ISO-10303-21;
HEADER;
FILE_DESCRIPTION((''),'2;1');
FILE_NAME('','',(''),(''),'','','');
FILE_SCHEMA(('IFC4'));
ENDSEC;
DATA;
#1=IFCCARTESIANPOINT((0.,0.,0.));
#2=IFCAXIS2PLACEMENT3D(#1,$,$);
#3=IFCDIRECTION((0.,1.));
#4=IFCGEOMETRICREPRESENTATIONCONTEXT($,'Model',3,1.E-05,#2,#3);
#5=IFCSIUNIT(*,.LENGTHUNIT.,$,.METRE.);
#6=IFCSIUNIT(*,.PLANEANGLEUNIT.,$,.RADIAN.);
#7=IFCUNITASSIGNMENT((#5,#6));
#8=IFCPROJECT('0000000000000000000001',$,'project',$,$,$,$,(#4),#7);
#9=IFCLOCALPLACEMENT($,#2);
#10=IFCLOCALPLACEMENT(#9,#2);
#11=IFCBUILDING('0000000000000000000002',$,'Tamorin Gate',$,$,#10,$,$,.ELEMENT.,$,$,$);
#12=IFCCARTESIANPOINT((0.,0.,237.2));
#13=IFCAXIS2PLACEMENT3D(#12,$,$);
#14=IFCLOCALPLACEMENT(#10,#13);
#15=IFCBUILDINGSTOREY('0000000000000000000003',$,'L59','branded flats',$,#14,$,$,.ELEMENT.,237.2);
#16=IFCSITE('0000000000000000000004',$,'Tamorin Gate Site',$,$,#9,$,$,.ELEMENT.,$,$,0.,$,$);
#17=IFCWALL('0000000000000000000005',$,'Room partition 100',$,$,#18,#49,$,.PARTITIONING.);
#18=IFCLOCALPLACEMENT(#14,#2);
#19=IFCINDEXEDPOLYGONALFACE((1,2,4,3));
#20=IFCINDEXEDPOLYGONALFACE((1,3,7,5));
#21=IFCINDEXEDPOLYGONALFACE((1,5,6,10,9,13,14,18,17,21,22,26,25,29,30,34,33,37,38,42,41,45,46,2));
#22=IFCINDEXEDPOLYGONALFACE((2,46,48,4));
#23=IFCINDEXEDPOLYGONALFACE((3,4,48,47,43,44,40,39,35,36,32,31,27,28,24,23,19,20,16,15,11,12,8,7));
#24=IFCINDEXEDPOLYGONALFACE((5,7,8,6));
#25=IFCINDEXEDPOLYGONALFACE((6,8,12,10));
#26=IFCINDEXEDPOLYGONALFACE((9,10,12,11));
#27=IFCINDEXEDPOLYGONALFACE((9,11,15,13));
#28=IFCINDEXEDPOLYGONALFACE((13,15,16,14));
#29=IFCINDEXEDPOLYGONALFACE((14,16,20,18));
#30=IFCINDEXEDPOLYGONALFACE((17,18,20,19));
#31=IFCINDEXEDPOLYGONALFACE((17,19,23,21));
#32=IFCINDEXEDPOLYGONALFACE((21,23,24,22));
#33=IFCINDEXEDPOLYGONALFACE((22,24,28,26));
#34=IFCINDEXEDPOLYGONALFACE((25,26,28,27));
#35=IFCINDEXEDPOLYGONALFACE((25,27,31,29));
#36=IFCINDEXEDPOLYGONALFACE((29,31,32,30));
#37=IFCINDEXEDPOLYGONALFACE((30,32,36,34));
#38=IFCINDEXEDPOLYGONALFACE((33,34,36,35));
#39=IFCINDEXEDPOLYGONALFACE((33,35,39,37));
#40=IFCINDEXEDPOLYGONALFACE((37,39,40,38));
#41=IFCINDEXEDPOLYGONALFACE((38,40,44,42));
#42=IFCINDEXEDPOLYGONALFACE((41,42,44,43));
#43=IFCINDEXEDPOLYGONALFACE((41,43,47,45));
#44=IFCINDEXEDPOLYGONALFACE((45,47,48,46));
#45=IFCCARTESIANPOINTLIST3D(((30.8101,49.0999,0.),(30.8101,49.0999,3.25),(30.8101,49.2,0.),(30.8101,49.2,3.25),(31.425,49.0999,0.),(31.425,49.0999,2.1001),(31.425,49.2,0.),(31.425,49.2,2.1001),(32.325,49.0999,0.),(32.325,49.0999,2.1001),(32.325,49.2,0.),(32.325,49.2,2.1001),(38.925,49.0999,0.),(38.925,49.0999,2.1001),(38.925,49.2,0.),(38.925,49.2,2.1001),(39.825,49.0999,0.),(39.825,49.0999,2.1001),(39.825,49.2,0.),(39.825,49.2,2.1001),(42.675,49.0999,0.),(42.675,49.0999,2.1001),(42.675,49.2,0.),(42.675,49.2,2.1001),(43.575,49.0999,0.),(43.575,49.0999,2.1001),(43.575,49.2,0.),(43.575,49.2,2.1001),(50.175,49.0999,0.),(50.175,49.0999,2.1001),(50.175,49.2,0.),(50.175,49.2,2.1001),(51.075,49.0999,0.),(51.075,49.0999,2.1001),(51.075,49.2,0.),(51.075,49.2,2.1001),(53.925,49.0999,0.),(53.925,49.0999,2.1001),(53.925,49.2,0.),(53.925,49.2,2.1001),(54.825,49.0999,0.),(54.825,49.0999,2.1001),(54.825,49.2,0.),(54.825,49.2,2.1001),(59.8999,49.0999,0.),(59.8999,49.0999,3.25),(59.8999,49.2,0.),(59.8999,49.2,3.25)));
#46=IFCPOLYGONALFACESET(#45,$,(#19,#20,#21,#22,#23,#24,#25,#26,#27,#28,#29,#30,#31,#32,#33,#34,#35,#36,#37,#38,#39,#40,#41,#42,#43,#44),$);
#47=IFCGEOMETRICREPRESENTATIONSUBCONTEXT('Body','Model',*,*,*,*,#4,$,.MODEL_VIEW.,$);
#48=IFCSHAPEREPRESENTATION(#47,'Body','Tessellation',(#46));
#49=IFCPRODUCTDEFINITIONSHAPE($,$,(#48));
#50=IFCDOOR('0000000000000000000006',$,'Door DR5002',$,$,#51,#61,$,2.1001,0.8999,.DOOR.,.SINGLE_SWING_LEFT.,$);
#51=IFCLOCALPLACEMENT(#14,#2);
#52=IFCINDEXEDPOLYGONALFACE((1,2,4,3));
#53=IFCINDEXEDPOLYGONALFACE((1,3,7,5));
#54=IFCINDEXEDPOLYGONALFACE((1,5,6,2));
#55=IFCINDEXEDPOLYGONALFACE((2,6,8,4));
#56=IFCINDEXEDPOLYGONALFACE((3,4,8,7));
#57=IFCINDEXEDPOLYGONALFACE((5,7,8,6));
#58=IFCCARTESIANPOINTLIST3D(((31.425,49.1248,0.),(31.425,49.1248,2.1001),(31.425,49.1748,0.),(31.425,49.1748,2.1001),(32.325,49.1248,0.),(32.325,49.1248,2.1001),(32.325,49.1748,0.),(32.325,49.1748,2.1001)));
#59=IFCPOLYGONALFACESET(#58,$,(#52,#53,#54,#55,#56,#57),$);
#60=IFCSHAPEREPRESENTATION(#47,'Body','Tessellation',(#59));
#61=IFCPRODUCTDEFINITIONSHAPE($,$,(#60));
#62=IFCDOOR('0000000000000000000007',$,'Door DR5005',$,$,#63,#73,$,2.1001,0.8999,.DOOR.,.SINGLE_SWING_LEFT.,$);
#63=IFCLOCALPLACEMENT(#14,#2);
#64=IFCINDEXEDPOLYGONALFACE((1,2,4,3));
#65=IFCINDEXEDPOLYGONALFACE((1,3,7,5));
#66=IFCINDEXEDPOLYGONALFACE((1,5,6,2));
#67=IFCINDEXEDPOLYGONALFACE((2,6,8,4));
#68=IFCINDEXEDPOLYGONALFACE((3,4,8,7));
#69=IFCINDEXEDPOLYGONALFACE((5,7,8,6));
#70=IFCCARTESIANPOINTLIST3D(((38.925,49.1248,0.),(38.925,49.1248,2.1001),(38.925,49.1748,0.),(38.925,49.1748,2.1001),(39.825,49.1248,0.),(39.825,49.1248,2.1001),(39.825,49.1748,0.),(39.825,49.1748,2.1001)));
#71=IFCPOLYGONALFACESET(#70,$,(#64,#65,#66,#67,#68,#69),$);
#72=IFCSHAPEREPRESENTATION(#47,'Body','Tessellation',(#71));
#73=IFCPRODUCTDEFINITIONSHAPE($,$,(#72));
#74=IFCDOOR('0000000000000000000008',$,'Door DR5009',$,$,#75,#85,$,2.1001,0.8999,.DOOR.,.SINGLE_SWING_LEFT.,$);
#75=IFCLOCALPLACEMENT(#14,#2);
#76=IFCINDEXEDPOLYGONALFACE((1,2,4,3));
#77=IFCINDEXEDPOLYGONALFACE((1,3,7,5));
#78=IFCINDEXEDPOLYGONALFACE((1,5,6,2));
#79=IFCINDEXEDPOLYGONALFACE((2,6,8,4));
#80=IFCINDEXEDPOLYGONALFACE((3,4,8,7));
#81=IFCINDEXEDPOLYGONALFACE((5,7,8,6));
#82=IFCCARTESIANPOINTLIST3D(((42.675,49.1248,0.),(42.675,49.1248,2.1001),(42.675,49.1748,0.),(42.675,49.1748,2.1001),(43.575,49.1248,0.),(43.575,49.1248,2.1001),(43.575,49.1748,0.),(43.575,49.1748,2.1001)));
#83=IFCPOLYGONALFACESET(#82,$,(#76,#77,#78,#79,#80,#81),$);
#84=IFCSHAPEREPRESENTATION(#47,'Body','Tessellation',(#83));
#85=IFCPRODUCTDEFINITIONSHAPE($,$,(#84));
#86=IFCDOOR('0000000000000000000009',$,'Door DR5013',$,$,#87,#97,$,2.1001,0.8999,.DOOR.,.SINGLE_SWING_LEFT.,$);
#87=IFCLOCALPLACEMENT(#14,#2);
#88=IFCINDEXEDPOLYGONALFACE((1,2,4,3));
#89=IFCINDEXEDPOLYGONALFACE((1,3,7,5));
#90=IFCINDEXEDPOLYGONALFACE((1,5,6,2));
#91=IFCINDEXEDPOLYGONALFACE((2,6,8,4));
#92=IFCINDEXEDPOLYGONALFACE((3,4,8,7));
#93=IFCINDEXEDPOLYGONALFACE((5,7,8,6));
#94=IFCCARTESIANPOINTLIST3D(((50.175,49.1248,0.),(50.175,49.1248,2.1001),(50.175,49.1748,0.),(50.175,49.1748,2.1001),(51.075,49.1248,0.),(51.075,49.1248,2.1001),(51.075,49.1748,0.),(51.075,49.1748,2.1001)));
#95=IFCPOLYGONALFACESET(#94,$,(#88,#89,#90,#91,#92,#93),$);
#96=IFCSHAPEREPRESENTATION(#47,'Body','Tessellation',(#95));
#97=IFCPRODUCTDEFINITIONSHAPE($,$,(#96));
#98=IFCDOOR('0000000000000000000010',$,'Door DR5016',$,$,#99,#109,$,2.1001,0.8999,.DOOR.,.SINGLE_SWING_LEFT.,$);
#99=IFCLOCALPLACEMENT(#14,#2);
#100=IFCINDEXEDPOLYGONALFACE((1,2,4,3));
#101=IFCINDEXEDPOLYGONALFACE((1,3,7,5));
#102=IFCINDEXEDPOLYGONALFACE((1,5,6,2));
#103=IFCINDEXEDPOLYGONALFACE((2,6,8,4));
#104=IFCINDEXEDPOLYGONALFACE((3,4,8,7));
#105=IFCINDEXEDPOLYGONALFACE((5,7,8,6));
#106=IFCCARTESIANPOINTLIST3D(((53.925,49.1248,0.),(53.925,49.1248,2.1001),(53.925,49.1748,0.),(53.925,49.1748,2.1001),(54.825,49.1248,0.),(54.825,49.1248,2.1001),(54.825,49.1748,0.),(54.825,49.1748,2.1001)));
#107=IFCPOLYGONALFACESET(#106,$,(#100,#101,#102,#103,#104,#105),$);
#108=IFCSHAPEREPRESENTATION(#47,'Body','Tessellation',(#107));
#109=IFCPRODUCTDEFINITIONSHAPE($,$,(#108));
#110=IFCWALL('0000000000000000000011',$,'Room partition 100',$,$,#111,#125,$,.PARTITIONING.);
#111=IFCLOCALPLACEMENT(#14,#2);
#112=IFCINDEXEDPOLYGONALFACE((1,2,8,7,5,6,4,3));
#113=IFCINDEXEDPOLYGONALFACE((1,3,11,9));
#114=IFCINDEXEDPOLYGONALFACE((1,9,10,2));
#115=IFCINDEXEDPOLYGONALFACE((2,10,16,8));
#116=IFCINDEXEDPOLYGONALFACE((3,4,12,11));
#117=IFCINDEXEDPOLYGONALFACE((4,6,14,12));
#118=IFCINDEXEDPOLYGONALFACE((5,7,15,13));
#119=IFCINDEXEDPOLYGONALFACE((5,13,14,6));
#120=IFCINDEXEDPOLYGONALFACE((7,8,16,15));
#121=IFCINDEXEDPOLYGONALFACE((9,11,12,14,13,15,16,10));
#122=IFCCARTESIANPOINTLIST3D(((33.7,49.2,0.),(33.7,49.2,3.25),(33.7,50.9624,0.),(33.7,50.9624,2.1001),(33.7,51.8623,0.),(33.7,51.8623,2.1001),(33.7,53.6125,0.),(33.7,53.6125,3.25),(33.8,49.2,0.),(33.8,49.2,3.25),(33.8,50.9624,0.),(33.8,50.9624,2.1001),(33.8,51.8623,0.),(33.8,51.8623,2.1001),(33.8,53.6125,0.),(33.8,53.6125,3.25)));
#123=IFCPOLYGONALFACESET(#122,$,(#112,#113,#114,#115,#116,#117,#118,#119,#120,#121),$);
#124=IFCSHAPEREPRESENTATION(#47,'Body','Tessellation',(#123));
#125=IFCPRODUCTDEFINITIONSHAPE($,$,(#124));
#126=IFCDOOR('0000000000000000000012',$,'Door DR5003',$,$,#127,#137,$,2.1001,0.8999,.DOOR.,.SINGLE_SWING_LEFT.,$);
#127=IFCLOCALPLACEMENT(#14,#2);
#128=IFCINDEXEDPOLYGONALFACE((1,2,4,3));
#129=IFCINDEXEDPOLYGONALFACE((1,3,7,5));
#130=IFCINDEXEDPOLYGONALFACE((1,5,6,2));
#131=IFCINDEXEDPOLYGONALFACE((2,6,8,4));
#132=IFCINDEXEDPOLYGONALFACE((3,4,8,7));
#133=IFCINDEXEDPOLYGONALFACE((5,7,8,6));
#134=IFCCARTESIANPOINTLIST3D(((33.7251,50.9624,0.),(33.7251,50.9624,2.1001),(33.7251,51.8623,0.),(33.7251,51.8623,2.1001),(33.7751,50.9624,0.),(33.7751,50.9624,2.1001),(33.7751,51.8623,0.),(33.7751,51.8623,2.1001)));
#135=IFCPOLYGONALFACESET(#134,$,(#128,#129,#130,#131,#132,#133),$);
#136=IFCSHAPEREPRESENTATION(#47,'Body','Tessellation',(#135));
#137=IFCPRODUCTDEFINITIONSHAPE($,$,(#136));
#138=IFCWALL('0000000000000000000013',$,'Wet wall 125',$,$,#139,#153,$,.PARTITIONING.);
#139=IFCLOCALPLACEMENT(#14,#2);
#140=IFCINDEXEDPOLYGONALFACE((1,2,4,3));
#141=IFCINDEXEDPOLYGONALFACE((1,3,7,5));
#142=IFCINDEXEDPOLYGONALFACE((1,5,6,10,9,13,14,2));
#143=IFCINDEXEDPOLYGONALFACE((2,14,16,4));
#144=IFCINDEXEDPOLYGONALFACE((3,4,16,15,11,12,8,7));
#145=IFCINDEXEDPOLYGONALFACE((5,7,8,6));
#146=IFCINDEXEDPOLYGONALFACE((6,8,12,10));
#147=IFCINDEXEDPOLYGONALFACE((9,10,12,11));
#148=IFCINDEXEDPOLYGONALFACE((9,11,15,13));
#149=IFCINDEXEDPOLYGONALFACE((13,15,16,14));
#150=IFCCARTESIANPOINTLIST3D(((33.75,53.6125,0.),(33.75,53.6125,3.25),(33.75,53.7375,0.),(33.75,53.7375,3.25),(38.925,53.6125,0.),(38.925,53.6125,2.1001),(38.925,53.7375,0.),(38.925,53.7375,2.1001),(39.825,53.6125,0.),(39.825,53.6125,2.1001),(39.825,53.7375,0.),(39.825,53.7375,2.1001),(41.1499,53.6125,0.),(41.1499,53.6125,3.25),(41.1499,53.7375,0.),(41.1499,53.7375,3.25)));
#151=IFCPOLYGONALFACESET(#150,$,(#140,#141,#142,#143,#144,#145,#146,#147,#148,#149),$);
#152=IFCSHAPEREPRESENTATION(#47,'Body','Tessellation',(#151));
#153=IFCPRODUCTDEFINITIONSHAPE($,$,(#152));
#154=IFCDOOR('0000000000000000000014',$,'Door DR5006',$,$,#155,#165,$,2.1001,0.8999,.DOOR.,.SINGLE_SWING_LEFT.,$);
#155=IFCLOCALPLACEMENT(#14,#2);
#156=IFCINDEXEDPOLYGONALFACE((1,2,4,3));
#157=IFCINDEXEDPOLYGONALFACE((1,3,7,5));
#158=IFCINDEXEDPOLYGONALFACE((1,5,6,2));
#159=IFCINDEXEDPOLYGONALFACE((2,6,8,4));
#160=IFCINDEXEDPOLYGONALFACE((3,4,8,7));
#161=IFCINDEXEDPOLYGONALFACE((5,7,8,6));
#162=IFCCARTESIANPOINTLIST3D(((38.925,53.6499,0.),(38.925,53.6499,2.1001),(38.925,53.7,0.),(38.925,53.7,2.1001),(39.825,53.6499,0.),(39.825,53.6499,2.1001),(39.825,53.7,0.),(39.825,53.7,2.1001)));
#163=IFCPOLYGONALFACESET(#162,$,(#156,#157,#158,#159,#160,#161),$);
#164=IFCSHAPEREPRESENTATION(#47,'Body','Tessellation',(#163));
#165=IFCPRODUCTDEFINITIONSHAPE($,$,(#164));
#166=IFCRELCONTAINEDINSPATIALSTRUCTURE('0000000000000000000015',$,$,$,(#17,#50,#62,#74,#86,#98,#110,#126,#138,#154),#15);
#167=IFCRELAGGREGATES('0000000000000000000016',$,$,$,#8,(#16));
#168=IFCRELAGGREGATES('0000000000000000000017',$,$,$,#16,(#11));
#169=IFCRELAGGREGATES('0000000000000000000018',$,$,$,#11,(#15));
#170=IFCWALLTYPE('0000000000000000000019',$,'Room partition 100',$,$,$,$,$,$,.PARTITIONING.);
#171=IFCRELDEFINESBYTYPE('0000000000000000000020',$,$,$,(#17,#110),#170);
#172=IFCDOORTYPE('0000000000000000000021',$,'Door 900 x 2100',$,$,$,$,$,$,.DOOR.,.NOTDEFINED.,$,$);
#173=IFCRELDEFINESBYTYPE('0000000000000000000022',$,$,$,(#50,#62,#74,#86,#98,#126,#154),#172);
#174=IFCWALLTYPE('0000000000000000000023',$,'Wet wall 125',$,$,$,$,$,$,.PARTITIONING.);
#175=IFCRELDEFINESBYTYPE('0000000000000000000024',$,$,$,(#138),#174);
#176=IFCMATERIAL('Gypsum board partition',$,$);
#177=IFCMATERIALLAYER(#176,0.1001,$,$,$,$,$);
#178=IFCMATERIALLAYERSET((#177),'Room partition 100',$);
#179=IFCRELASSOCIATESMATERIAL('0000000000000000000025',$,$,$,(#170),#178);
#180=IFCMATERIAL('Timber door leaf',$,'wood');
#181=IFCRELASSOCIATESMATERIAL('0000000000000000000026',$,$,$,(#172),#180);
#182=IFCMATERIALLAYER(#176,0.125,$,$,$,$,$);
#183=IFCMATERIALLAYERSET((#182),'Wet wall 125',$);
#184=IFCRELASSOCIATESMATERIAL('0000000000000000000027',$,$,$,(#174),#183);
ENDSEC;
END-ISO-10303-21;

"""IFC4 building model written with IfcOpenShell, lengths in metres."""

from ifc_helpers import new_model, si_unit, direction, frame, frame_2d, origin, place, context, subcontext, project, spatial, rectangle, extrude, material, layer, layer_set, type_object, element, fill, save


model = new_model("IFC4")

# Units and contexts
model_context = context("Model", 3, precision=1e-05, world=origin(), true_north=direction((0.0, 1.0)))
body_context = subcontext(model_context, "Body", "Model", "MODEL_VIEW")
ifc_project = project(units=[si_unit("LENGTHUNIT", "METRE"), si_unit("PLANEANGLEUNIT", "RADIAN")], contexts=[model_context])

# Site, building, storey
site_placement = place(None, origin())
site = spatial("IfcSite", under=ifc_project, at=site_placement, Name="Tamorin Gate Site", CompositionType="ELEMENT", RefElevation=0.0)
building_placement = place(site_placement, origin())
building = spatial("IfcBuilding", under=site, at=building_placement, Name="Tamorin Gate", CompositionType="ELEMENT")
storey_placement = place(building_placement, frame((0.0, 0.0, 237.2)))
storey = spatial("IfcBuildingStorey", under=building, at=storey_placement, Name="L59", Description="branded flats", CompositionType="ELEMENT", Elevation=237.2)

# Wall, openings, doors
ifc_material_1 = material(Name="Gypsum board partition")
ifc_layer_1 = layer(ifc_material_1, 0.1001)
ifc_layer_set_1 = layer_set([ifc_layer_1], Name="Room partition 100")
wall_type_1 = type_object("IfcWallType", Name="Room partition 100", PredefinedType="PARTITIONING", material=ifc_layer_set_1)
wall_1_placement = place(storey_placement, frame((30.8101, 49.1499, 0.0), z_axis=(0.0, 0.0, 1.0), x_axis=(1.0, 0.0, 0.0)))
wall_1 = element("IfcWall", 1, at=wall_1_placement, inside=storey, type_object=wall_type_1, Name="Room partition 100", PredefinedType="PARTITIONING", context=body_context, shape_type="SweptSolid", body=[
    extrude(rectangle(XDim=29.0898, YDim=0.1001, at=frame_2d((14.5449, 0.0))), origin(), (0.0, 0.0, 1.0), 3.25),
])
opening_1_placement = place(wall_1_placement, frame((0.615, 0.0, 0.0)))
opening_1 = element("IfcOpeningElement", 2, at=opening_1_placement, cuts=wall_1, PredefinedType="OPENING", context=body_context, shape_type="SweptSolid", body=[
    extrude(rectangle(XDim=0.8999, YDim=2.1001, at=frame_2d((0.45, 1.05))), frame((0.0, 0.0601, 0.0), z_axis=(0.0, -1.0, 0.0), x_axis=(1.0, 0.0, 0.0)), (0.0, 0.0, 1.0), 0.1201),
])
opening_2_placement = place(wall_1_placement, frame((8.115, 0.0, 0.0)))
opening_2 = element("IfcOpeningElement", 3, at=opening_2_placement, cuts=wall_1, PredefinedType="OPENING", context=body_context, shape_type="SweptSolid", body=[
    extrude(rectangle(XDim=0.8999, YDim=2.1001, at=frame_2d((0.45, 1.05))), frame((0.0, 0.0601, 0.0), z_axis=(0.0, -1.0, 0.0), x_axis=(1.0, 0.0, 0.0)), (0.0, 0.0, 1.0), 0.1201),
])
opening_3_placement = place(wall_1_placement, frame((11.865, 0.0, 0.0)))
opening_3 = element("IfcOpeningElement", 4, at=opening_3_placement, cuts=wall_1, PredefinedType="OPENING", context=body_context, shape_type="SweptSolid", body=[
    extrude(rectangle(XDim=0.8999, YDim=2.1001, at=frame_2d((0.45, 1.05))), frame((0.0, 0.0601, 0.0), z_axis=(0.0, -1.0, 0.0), x_axis=(1.0, 0.0, 0.0)), (0.0, 0.0, 1.0), 0.1201),
])
opening_4_placement = place(wall_1_placement, frame((19.365, 0.0, 0.0)))
opening_4 = element("IfcOpeningElement", 5, at=opening_4_placement, cuts=wall_1, PredefinedType="OPENING", context=body_context, shape_type="SweptSolid", body=[
    extrude(rectangle(XDim=0.8999, YDim=2.1001, at=frame_2d((0.45, 1.05))), frame((0.0, 0.0601, 0.0), z_axis=(0.0, -1.0, 0.0), x_axis=(1.0, 0.0, 0.0)), (0.0, 0.0, 1.0), 0.1201),
])
opening_5_placement = place(wall_1_placement, frame((23.115, 0.0, 0.0)))
opening_5 = element("IfcOpeningElement", 6, at=opening_5_placement, cuts=wall_1, PredefinedType="OPENING", context=body_context, shape_type="SweptSolid", body=[
    extrude(rectangle(XDim=0.8999, YDim=2.1001, at=frame_2d((0.45, 1.05))), frame((0.0, 0.0601, 0.0), z_axis=(0.0, -1.0, 0.0), x_axis=(1.0, 0.0, 0.0)), (0.0, 0.0, 1.0), 0.1201),
])
ifc_material_2 = material(Name="Timber door leaf", Category="wood")
door_type = type_object("IfcDoorType", Name="Door 900 x 2100", OperationType="NOTDEFINED", PredefinedType="DOOR", material=ifc_material_2)
door_1_placement = place(opening_1_placement, origin())
door_1 = element("IfcDoor", 7, at=door_1_placement, inside=storey, type_object=door_type, Name="Door DR5002", OperationType="SINGLE_SWING_LEFT", OverallHeight=2.1001, OverallWidth=0.8999, PredefinedType="DOOR", context=body_context, shape_type="SweptSolid", body=[
    extrude(rectangle(XDim=0.8999, YDim=2.1001, at=frame_2d((0.45, 1.05))), frame((0.0, 0.0249, 0.0), z_axis=(0.0, -1.0, 0.0), x_axis=(1.0, 0.0, 0.0)), (0.0, 0.0, 1.0), 0.05),
])
fill(opening_1, door_1)
door_2_placement = place(opening_2_placement, origin())
door_2 = element("IfcDoor", 8, at=door_2_placement, inside=storey, type_object=door_type, Name="Door DR5005", OperationType="SINGLE_SWING_LEFT", OverallHeight=2.1001, OverallWidth=0.8999, PredefinedType="DOOR", context=body_context, shape_type="SweptSolid", body=[
    extrude(rectangle(XDim=0.8999, YDim=2.1001, at=frame_2d((0.45, 1.05))), frame((0.0, 0.0249, 0.0), z_axis=(0.0, -1.0, 0.0), x_axis=(1.0, 0.0, 0.0)), (0.0, 0.0, 1.0), 0.05),
])
fill(opening_2, door_2)
door_3_placement = place(opening_3_placement, origin())
door_3 = element("IfcDoor", 9, at=door_3_placement, inside=storey, type_object=door_type, Name="Door DR5009", OperationType="SINGLE_SWING_LEFT", OverallHeight=2.1001, OverallWidth=0.8999, PredefinedType="DOOR", context=body_context, shape_type="SweptSolid", body=[
    extrude(rectangle(XDim=0.8999, YDim=2.1001, at=frame_2d((0.45, 1.05))), frame((0.0, 0.0249, 0.0), z_axis=(0.0, -1.0, 0.0), x_axis=(1.0, 0.0, 0.0)), (0.0, 0.0, 1.0), 0.05),
])
fill(opening_3, door_3)
door_4_placement = place(opening_4_placement, origin())
door_4 = element("IfcDoor", 10, at=door_4_placement, inside=storey, type_object=door_type, Name="Door DR5013", OperationType="SINGLE_SWING_LEFT", OverallHeight=2.1001, OverallWidth=0.8999, PredefinedType="DOOR", context=body_context, shape_type="SweptSolid", body=[
    extrude(rectangle(XDim=0.8999, YDim=2.1001, at=frame_2d((0.45, 1.05))), frame((0.0, 0.0249, 0.0), z_axis=(0.0, -1.0, 0.0), x_axis=(1.0, 0.0, 0.0)), (0.0, 0.0, 1.0), 0.05),
])
fill(opening_4, door_4)
door_5_placement = place(opening_5_placement, origin())
door_5 = element("IfcDoor", 11, at=door_5_placement, inside=storey, type_object=door_type, Name="Door DR5016", OperationType="SINGLE_SWING_LEFT", OverallHeight=2.1001, OverallWidth=0.8999, PredefinedType="DOOR", context=body_context, shape_type="SweptSolid", body=[
    extrude(rectangle(XDim=0.8999, YDim=2.1001, at=frame_2d((0.45, 1.05))), frame((0.0, 0.0249, 0.0), z_axis=(0.0, -1.0, 0.0), x_axis=(1.0, 0.0, 0.0)), (0.0, 0.0, 1.0), 0.05),
])
fill(opening_5, door_5)

# Walls, openings, doors
wall_2_placement = place(storey_placement, frame((33.75, 49.2, 0.0), z_axis=(0.0, 0.0, 1.0), x_axis=(0.0, 1.0, 0.0)))
wall_2 = element("IfcWall", 12, at=wall_2_placement, inside=storey, type_object=wall_type_1, Name="Room partition 100", PredefinedType="PARTITIONING", context=body_context, shape_type="SweptSolid", body=[
    extrude(rectangle(XDim=4.4126, YDim=0.1001, at=frame_2d((2.2063, 0.0))), origin(), (0.0, 0.0, 1.0), 3.25),
])
opening_6_placement = place(wall_2_placement, frame((1.7625, 0.0, 0.0)))
opening_6 = element("IfcOpeningElement", 13, at=opening_6_placement, cuts=wall_2, PredefinedType="OPENING", context=body_context, shape_type="SweptSolid", body=[
    extrude(rectangle(XDim=0.8999, YDim=2.1001, at=frame_2d((0.45, 1.05))), frame((0.0, 0.0601, 0.0), z_axis=(0.0, -1.0, 0.0), x_axis=(1.0, 0.0, 0.0)), (0.0, 0.0, 1.0), 0.1201),
])
door_6_placement = place(opening_6_placement, origin())
door_6 = element("IfcDoor", 14, at=door_6_placement, inside=storey, type_object=door_type, Name="Door DR5003", OperationType="SINGLE_SWING_LEFT", OverallHeight=2.1001, OverallWidth=0.8999, PredefinedType="DOOR", context=body_context, shape_type="SweptSolid", body=[
    extrude(rectangle(XDim=0.8999, YDim=2.1001, at=frame_2d((0.45, 1.05))), frame((0.0, 0.0249, 0.0), z_axis=(0.0, -1.0, 0.0), x_axis=(1.0, 0.0, 0.0)), (0.0, 0.0, 1.0), 0.05),
])
fill(opening_6, door_6)
ifc_layer_2 = layer(ifc_material_1, 0.125)
ifc_layer_set_2 = layer_set([ifc_layer_2], Name="Wet wall 125")
wall_type_2 = type_object("IfcWallType", Name="Wet wall 125", PredefinedType="PARTITIONING", material=ifc_layer_set_2)
wall_3_placement = place(storey_placement, frame((33.75, 53.675, 0.0), z_axis=(0.0, 0.0, 1.0), x_axis=(1.0, 0.0, 0.0)))
wall_3 = element("IfcWall", 15, at=wall_3_placement, inside=storey, type_object=wall_type_2, Name="Wet wall 125", PredefinedType="PARTITIONING", context=body_context, shape_type="SweptSolid", body=[
    extrude(rectangle(XDim=7.3999, YDim=0.125, at=frame_2d((3.7, 0.0))), origin(), (0.0, 0.0, 1.0), 3.25),
])
opening_7_placement = place(wall_3_placement, frame((5.175, 0.0, 0.0)))
opening_7 = element("IfcOpeningElement", 16, at=opening_7_placement, cuts=wall_3, PredefinedType="OPENING", context=body_context, shape_type="SweptSolid", body=[
    extrude(rectangle(XDim=0.8999, YDim=2.1001, at=frame_2d((0.45, 1.05))), frame((0.0, 0.0725, 0.0), z_axis=(0.0, -1.0, 0.0), x_axis=(1.0, 0.0, 0.0)), (0.0, 0.0, 1.0), 0.145),
])
door_7_placement = place(opening_7_placement, origin())
door_7 = element("IfcDoor", 17, at=door_7_placement, inside=storey, type_object=door_type, Name="Door DR5006", OperationType="SINGLE_SWING_LEFT", OverallHeight=2.1001, OverallWidth=0.8999, PredefinedType="DOOR", context=body_context, shape_type="SweptSolid", body=[
    extrude(rectangle(XDim=0.8999, YDim=2.1001, at=frame_2d((0.45, 1.05))), frame((0.0, 0.0249, 0.0), z_axis=(0.0, -1.0, 0.0), x_axis=(1.0, 0.0, 0.0)), (0.0, 0.0, 1.0), 0.05),
])
fill(opening_7, door_7)

save(model, "model.ifc")
